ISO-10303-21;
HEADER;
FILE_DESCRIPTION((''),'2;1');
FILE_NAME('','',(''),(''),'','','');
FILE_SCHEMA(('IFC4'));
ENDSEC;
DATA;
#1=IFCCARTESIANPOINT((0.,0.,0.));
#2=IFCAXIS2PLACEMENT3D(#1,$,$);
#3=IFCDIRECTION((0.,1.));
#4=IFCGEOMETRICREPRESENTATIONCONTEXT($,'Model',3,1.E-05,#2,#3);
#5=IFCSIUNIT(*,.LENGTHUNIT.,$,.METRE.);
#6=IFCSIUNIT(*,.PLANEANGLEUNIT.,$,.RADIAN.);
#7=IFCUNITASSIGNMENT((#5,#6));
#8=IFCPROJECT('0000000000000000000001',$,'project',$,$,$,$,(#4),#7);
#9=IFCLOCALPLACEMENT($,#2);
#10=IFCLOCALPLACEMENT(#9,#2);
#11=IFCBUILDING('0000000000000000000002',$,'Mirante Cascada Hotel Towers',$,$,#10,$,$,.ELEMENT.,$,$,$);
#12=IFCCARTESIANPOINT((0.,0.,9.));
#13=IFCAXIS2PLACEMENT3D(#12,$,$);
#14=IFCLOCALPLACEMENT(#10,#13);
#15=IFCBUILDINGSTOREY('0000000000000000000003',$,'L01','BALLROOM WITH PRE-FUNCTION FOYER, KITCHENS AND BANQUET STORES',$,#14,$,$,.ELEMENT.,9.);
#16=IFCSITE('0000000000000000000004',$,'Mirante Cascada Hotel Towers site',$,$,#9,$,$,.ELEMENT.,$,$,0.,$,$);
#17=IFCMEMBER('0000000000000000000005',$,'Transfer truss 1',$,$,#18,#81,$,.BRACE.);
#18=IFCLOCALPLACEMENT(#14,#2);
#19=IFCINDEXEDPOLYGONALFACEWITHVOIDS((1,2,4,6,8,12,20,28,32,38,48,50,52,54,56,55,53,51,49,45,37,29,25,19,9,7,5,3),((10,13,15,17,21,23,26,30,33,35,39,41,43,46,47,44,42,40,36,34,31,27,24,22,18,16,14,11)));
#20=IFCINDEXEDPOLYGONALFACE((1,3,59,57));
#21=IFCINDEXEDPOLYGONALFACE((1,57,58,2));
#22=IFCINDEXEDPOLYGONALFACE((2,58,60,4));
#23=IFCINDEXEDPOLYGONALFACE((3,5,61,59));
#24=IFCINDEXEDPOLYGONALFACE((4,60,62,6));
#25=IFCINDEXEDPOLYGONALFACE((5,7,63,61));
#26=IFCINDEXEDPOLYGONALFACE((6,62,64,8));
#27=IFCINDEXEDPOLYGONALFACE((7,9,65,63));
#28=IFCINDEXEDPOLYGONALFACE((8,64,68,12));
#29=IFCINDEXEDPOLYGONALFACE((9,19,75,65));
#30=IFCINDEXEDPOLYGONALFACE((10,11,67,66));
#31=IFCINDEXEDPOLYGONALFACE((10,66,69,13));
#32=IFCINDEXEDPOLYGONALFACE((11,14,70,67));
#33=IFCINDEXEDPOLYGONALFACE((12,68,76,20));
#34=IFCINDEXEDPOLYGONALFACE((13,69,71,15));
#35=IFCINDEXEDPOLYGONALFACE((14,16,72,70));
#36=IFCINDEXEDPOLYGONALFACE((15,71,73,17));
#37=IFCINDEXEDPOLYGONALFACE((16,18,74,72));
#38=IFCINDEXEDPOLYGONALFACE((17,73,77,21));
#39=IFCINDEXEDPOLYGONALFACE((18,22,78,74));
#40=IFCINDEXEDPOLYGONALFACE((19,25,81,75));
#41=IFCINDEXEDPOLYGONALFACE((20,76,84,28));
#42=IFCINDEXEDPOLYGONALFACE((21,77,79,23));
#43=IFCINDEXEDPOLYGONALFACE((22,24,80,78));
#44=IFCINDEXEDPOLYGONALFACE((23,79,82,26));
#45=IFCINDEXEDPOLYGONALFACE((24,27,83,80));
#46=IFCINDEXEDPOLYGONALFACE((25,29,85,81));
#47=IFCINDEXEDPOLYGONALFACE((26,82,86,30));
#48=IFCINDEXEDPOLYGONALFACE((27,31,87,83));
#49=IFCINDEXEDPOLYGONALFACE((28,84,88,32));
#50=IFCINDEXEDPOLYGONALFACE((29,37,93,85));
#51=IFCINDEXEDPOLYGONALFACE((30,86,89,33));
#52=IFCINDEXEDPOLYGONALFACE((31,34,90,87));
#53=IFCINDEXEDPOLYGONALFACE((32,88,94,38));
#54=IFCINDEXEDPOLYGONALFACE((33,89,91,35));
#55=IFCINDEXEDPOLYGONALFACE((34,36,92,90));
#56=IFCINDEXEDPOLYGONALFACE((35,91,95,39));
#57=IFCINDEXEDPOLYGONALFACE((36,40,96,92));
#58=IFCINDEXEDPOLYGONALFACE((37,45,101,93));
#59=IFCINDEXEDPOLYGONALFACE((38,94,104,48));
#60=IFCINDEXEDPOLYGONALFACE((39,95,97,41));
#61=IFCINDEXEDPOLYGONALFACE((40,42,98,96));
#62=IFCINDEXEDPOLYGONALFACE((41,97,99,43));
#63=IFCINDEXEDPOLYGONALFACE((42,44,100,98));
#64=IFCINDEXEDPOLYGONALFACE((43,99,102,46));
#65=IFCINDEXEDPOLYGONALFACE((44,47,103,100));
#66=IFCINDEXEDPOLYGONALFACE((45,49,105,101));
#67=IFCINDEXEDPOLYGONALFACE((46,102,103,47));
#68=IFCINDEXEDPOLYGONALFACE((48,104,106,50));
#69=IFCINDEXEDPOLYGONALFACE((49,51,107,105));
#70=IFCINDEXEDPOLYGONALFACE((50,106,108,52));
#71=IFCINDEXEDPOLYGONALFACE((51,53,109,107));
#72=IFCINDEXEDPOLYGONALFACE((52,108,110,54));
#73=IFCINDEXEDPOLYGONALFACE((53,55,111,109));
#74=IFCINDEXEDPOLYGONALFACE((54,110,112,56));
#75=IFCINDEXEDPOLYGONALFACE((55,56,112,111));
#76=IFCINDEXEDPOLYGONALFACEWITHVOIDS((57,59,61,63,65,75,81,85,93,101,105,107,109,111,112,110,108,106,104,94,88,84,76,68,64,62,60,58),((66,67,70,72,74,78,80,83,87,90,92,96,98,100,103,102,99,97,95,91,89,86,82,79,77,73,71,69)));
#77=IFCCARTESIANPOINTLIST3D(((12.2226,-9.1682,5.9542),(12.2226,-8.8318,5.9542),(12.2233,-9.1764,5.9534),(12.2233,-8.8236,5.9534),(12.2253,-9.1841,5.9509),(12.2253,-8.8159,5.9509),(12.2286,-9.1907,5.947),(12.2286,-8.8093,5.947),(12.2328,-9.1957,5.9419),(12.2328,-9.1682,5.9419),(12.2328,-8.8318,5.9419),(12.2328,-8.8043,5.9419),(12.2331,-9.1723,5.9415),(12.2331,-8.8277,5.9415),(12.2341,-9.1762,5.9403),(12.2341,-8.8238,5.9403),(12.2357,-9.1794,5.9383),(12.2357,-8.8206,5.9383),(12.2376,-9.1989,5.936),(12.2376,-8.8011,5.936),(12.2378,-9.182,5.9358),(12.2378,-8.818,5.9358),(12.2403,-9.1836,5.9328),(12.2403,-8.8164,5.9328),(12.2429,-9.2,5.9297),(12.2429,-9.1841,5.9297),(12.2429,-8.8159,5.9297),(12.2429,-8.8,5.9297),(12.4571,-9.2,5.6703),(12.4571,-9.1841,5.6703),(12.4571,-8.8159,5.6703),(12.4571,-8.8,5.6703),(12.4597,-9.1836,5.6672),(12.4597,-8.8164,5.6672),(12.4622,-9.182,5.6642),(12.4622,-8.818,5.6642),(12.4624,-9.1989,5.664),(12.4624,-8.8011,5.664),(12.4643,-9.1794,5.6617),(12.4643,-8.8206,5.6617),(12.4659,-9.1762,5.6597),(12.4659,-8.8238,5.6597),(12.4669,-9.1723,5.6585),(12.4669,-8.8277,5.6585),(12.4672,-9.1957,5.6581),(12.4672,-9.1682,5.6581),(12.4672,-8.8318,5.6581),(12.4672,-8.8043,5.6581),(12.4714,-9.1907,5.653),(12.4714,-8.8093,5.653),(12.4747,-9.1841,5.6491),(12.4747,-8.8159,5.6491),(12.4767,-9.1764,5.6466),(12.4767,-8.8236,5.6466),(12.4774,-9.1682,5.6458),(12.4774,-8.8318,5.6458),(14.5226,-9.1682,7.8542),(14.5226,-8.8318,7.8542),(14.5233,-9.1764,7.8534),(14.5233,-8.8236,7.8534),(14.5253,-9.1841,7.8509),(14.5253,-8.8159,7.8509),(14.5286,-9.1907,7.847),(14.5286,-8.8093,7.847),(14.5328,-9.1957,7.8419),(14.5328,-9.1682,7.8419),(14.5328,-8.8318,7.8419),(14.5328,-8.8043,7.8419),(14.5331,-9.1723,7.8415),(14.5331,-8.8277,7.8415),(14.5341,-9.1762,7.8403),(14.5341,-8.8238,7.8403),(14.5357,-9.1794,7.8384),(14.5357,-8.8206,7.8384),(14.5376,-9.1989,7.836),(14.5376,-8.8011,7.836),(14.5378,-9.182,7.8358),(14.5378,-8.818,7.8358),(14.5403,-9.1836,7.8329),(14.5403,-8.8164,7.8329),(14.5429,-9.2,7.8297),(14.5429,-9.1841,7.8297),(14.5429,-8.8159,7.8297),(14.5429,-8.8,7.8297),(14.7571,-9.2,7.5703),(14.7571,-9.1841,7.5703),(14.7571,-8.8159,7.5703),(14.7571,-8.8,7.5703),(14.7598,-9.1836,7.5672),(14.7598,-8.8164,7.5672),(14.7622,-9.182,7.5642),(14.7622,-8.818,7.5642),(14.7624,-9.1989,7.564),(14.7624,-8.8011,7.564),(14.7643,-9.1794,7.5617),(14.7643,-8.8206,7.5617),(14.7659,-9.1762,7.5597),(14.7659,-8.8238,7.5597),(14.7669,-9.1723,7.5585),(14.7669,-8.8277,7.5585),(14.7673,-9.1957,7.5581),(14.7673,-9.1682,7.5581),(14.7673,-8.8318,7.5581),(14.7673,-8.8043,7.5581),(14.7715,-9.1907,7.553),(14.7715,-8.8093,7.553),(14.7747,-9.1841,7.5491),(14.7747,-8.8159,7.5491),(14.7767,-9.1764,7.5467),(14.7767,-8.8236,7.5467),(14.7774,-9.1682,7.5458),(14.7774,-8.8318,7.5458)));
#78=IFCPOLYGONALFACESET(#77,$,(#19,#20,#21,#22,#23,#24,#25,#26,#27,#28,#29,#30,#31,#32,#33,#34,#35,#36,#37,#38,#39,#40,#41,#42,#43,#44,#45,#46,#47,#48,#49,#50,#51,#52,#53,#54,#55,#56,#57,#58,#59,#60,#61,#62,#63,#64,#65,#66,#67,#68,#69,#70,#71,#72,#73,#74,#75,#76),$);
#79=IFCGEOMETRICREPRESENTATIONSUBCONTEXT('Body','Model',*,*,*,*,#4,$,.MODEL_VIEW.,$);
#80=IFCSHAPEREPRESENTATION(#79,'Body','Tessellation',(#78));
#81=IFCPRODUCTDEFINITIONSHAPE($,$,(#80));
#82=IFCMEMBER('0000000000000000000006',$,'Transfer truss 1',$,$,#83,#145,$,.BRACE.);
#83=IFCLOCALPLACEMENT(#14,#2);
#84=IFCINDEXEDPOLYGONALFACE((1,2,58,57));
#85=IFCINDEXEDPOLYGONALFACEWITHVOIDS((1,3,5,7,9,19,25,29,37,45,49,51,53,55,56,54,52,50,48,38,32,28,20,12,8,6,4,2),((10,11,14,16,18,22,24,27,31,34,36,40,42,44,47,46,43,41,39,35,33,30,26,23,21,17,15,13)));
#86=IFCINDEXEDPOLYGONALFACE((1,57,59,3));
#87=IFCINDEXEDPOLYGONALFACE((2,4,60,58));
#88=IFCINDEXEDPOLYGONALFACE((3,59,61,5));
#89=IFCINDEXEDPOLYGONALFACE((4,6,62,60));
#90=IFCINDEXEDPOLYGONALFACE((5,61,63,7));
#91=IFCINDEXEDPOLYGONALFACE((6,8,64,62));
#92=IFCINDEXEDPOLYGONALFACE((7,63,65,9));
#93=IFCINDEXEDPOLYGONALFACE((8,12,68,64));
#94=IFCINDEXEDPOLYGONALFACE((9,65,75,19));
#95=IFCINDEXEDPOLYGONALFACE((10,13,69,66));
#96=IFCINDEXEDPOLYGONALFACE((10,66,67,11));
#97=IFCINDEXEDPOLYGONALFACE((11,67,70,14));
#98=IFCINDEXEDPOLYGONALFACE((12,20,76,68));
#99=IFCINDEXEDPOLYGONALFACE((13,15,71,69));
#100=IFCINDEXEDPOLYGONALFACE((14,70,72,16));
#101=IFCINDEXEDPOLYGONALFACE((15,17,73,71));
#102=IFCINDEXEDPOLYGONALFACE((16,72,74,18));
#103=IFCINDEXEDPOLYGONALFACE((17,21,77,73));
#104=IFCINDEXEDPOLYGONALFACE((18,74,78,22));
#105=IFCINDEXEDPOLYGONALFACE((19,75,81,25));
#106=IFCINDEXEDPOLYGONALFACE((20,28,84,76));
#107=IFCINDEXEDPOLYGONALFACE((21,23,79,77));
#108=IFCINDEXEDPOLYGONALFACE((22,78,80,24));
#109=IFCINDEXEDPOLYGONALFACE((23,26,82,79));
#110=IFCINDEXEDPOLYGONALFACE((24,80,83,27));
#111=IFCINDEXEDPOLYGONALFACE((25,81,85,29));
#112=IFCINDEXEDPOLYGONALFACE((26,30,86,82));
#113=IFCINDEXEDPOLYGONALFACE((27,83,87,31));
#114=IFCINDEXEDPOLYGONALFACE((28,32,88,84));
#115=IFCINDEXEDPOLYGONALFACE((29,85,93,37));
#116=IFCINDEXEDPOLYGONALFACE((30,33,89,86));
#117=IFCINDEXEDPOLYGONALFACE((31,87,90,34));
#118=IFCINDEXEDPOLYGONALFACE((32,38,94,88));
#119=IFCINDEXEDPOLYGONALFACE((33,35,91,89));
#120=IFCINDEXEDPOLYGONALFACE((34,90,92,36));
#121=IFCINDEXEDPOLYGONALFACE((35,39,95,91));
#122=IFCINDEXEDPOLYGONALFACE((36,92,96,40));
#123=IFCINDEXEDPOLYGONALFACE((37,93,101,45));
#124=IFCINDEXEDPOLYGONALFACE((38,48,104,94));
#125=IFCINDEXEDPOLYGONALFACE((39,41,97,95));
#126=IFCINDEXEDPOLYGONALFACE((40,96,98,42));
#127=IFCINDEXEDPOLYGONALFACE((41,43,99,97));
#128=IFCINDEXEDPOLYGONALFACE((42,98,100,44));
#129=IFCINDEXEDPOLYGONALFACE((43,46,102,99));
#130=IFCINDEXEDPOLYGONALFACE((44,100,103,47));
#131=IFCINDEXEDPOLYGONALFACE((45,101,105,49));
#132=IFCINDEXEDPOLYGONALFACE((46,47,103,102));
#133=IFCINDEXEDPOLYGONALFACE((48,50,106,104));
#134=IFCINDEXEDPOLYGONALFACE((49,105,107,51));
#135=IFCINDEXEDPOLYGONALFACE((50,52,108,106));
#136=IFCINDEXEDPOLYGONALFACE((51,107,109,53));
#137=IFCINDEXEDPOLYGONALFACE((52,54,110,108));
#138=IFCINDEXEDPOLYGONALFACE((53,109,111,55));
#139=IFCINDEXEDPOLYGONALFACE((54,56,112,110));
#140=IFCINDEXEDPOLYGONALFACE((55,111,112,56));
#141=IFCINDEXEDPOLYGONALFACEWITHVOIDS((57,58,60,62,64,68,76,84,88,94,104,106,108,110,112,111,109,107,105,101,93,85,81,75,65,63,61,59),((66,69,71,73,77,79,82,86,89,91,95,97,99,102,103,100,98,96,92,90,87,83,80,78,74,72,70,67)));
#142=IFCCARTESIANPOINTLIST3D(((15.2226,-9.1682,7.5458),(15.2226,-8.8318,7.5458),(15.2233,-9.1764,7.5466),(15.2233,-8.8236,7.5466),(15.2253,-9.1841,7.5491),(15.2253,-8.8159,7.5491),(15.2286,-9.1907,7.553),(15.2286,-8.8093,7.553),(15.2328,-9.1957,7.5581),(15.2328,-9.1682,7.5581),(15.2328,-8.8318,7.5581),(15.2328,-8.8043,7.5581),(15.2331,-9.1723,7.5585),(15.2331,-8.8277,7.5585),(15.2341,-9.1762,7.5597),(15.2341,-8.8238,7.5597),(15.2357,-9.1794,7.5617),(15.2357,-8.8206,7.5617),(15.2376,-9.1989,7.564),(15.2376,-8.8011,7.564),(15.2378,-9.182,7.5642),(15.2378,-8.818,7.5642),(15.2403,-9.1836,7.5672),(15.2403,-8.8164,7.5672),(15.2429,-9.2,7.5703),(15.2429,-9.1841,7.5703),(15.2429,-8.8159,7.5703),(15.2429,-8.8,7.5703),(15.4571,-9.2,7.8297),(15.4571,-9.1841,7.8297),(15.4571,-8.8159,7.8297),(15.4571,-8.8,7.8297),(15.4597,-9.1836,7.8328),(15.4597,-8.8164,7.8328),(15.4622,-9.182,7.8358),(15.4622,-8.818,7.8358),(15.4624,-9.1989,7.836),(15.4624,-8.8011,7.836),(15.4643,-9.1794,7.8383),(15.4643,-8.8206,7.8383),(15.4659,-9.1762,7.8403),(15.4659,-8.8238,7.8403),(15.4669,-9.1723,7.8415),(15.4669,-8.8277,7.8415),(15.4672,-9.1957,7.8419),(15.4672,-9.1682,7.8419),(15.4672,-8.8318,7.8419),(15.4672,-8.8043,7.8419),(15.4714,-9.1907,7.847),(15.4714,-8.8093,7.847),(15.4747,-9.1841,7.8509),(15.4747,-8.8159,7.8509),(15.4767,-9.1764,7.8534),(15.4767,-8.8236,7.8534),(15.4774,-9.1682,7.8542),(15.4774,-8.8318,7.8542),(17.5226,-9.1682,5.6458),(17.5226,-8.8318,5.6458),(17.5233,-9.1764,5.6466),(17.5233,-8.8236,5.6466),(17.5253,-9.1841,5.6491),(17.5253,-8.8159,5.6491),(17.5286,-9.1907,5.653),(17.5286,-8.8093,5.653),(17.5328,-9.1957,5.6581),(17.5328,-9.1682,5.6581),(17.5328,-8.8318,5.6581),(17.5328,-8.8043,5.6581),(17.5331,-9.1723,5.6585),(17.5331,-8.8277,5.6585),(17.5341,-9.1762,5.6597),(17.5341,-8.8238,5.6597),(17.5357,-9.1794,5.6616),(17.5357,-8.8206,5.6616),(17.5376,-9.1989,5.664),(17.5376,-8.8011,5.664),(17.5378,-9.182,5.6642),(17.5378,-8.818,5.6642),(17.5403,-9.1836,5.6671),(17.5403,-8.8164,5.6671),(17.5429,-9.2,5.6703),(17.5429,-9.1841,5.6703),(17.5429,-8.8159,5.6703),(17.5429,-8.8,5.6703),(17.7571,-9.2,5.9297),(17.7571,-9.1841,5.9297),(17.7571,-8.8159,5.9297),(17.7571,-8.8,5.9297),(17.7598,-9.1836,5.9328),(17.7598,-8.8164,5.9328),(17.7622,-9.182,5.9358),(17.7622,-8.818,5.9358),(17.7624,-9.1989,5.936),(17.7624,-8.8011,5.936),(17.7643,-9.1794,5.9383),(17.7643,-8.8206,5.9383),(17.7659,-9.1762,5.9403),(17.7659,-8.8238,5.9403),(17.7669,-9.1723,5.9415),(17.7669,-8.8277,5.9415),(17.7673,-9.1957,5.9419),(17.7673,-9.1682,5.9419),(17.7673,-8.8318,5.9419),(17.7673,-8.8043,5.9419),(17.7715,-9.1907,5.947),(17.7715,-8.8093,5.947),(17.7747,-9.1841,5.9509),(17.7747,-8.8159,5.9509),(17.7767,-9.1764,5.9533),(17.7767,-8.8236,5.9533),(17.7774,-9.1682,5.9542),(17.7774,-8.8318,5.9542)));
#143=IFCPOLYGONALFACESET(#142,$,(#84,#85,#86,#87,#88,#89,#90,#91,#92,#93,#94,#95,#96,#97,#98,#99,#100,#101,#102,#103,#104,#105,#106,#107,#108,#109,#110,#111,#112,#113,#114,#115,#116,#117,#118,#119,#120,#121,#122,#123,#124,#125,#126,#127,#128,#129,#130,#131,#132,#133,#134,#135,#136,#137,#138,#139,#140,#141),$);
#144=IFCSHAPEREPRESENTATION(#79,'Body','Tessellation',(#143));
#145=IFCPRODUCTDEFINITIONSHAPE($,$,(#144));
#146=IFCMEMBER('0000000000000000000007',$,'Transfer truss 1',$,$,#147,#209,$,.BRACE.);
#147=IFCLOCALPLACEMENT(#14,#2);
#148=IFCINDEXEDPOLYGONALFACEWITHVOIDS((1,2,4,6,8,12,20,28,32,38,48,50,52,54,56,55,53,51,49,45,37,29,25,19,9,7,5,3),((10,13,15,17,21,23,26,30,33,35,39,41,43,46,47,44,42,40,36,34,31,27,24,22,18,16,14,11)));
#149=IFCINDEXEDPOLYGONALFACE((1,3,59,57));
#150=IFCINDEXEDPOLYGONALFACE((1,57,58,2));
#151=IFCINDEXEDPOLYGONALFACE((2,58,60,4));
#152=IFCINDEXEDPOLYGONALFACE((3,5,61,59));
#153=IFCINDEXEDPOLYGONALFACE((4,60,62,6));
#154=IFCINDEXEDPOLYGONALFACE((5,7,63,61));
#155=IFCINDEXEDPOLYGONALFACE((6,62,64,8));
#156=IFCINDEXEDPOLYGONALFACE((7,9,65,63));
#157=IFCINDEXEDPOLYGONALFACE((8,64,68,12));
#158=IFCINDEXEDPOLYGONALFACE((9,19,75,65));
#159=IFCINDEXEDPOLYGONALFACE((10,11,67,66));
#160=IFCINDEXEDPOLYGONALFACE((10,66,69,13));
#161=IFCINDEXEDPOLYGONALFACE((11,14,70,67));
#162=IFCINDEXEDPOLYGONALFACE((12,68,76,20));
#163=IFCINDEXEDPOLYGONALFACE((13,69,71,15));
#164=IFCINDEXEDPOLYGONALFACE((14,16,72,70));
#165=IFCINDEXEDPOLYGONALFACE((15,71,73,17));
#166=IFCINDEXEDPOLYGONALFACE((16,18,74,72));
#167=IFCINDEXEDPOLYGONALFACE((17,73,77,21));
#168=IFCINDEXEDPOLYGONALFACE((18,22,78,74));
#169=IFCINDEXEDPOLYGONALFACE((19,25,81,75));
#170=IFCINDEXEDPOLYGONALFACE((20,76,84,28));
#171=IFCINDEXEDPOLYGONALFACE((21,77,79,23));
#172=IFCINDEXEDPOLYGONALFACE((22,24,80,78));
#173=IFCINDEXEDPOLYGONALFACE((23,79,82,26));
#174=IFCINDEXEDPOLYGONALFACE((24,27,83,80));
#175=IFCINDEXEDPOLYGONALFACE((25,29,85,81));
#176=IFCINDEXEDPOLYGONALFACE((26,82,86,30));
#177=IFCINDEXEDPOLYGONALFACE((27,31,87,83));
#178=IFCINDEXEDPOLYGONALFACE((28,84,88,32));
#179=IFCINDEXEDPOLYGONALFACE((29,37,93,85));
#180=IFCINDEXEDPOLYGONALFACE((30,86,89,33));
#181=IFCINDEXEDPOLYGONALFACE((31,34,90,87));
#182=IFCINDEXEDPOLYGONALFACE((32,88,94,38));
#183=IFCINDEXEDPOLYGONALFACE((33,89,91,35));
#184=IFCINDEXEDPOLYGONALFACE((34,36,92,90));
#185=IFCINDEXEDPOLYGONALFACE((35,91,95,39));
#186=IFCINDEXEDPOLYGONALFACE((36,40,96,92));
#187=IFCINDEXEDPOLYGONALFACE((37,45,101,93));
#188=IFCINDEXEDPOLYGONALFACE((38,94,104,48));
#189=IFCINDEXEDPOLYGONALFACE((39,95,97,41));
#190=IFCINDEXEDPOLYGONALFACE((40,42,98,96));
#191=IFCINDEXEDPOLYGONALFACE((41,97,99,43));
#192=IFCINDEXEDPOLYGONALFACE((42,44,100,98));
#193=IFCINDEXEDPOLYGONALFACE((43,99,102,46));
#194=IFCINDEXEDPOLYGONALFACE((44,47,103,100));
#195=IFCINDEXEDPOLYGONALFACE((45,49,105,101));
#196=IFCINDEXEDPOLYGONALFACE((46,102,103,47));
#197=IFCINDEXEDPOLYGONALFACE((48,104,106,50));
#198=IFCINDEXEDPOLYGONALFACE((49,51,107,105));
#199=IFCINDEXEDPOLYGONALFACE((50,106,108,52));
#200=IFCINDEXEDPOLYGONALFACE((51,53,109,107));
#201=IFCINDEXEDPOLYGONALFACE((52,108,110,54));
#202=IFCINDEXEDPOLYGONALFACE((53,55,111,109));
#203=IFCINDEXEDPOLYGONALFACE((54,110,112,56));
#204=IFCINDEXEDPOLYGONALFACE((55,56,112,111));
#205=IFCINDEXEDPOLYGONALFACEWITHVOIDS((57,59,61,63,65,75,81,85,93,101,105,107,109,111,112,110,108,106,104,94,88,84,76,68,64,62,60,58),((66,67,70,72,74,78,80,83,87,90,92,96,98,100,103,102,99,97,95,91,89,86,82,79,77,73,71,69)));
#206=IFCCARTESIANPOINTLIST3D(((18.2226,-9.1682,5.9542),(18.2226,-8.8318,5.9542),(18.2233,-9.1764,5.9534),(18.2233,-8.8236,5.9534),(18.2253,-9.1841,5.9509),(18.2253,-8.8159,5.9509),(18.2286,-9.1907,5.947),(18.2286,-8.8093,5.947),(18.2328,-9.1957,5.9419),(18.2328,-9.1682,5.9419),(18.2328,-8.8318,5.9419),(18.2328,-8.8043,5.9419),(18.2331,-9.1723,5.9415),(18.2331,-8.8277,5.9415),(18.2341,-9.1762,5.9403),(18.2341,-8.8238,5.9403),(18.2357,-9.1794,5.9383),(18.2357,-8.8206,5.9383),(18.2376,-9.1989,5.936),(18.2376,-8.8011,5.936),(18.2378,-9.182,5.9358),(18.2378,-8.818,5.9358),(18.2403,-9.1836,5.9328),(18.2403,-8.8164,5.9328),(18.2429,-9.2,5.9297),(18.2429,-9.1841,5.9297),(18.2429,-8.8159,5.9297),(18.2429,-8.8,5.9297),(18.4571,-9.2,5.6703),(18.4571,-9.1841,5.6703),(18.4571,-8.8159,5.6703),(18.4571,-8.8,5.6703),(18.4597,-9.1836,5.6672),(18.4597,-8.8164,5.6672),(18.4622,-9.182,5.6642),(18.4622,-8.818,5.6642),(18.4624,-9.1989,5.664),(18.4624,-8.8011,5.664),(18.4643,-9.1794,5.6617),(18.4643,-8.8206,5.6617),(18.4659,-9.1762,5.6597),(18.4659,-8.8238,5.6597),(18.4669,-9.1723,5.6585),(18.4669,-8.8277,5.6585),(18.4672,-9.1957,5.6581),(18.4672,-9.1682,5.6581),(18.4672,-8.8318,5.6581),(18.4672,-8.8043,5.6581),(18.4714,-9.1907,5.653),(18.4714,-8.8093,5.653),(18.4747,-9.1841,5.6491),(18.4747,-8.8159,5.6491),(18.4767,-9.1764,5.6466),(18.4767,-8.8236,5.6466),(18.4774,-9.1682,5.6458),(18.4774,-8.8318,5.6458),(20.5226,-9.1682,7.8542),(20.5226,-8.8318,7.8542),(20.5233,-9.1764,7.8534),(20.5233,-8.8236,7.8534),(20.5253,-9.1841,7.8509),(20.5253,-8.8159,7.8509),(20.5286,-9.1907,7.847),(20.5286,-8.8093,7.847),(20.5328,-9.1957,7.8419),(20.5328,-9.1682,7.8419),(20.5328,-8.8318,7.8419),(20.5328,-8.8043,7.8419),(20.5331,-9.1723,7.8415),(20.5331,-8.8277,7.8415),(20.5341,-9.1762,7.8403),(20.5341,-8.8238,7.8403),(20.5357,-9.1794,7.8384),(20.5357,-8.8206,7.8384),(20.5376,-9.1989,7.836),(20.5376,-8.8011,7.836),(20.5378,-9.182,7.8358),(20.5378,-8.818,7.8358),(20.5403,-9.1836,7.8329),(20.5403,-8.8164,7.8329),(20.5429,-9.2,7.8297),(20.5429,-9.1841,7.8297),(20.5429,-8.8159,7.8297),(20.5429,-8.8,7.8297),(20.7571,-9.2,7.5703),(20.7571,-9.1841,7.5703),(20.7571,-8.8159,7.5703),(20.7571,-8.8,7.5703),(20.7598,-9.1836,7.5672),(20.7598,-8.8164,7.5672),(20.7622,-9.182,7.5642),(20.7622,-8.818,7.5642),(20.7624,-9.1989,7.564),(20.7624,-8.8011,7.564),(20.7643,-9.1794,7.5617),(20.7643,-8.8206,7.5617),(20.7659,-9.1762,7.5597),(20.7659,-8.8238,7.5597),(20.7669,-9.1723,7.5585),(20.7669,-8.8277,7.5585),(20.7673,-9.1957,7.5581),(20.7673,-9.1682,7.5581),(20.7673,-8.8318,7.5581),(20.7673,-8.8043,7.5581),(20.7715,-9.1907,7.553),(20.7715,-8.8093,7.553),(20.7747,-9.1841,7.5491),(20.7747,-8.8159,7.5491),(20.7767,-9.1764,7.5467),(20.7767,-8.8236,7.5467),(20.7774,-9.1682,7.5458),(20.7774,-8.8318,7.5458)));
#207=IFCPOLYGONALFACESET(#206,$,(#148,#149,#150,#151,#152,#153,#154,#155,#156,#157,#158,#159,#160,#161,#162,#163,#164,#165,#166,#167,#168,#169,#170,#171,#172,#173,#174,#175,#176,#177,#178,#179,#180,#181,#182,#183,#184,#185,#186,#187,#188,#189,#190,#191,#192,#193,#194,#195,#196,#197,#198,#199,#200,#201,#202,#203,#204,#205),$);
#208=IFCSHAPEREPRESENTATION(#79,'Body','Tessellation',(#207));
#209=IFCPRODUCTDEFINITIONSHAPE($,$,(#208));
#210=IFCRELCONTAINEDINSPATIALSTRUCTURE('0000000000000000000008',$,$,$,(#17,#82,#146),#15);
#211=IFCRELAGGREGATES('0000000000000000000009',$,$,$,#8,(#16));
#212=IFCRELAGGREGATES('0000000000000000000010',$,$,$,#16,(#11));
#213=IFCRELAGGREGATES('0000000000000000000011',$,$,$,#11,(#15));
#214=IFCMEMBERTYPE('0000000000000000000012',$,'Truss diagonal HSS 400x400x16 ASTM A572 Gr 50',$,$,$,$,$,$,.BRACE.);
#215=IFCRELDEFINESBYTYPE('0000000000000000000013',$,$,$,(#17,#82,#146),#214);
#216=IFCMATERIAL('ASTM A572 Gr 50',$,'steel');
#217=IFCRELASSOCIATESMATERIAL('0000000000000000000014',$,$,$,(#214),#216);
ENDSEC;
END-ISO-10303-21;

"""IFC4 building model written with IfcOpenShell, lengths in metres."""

from ifc_helpers import new_model, si_unit, direction, frame, origin, origin_2d, place, context, subcontext, project, spatial, hollow_rectangle, extrude, material, material_profile, profile_set, type_object, element, save


model = new_model("IFC4")

# Units and contexts
model_context = context("Model", 3, precision=1e-05, world=origin(), true_north=direction((0.0, 1.0)))
body_context = subcontext(model_context, "Body", "Model", "MODEL_VIEW")
ifc_project = project(units=[si_unit("LENGTHUNIT", "METRE"), si_unit("PLANEANGLEUNIT", "RADIAN")], contexts=[model_context])

# Site, building, storey
site_placement = place(None, origin())
site = spatial("IfcSite", under=ifc_project, at=site_placement, Name="Mirante Cascada Hotel Towers site", CompositionType="ELEMENT", RefElevation=0.0)
building_placement = place(site_placement, origin())
building = spatial("IfcBuilding", under=site, at=building_placement, Name="Mirante Cascada Hotel Towers", CompositionType="ELEMENT")
storey_placement = place(building_placement, frame((0.0, 0.0, 9.0)))
storey = spatial("IfcBuildingStorey", under=building, at=storey_placement, Name="L01", Description="BALLROOM WITH PRE-FUNCTION FOYER, KITCHENS AND BANQUET STORES", CompositionType="ELEMENT", Elevation=9.0)

# Members
ifc_material_1 = material(Name="ASTM A572 Gr 50", Category="steel")
ifc_material_profile_1 = material_profile(ifc_material_1, hollow_rectangle(XDim=0.4, YDim=0.4, WallThickness=0.0159, InnerFilletRadius=0.0159, OuterFilletRadius=0.0318, at=origin_2d()), Name="HSS 400x400x16")
ifc_profile_set_1 = profile_set([ifc_material_profile_1], Name="ASTM A572 Gr 50")
member_type_1 = type_object("IfcMemberType", Name="Truss diagonal HSS 400x400x16 ASTM A572 Gr 50", PredefinedType="BRACE", material=ifc_profile_set_1)
for number, where, z_axis, x_axis, name in (
    (1, (12.35, -9.0, 5.8), (0.770962, 0.0, 0.636881), (0.0, 1.0, 0.0), "Transfer truss 1"),
    (2, (15.35, -9.0, 7.7), (0.770962, 0.0, -0.636881), (0.0, 1.0, 0.0), "Transfer truss 1"),
    (3, (18.35, -9.0, 5.8), (0.770962, 0.0, 0.636881), (0.0, 1.0, 0.0), "Transfer truss 1"),
):
    element("IfcMember", number, at=place(storey_placement, frame(where, z_axis=z_axis, x_axis=x_axis)), inside=storey, type_object=member_type_1, Name=name, PredefinedType="BRACE", context=body_context, shape_type="SweptSolid", body=[
        extrude(hollow_rectangle(XDim=0.4, YDim=0.4, WallThickness=0.0159, InnerFilletRadius=0.0159, OuterFilletRadius=0.0318, at=origin_2d()), origin(), (0.0, 0.0, 1.0), 2.9833),
    ])

save(model, "model.ifc")
